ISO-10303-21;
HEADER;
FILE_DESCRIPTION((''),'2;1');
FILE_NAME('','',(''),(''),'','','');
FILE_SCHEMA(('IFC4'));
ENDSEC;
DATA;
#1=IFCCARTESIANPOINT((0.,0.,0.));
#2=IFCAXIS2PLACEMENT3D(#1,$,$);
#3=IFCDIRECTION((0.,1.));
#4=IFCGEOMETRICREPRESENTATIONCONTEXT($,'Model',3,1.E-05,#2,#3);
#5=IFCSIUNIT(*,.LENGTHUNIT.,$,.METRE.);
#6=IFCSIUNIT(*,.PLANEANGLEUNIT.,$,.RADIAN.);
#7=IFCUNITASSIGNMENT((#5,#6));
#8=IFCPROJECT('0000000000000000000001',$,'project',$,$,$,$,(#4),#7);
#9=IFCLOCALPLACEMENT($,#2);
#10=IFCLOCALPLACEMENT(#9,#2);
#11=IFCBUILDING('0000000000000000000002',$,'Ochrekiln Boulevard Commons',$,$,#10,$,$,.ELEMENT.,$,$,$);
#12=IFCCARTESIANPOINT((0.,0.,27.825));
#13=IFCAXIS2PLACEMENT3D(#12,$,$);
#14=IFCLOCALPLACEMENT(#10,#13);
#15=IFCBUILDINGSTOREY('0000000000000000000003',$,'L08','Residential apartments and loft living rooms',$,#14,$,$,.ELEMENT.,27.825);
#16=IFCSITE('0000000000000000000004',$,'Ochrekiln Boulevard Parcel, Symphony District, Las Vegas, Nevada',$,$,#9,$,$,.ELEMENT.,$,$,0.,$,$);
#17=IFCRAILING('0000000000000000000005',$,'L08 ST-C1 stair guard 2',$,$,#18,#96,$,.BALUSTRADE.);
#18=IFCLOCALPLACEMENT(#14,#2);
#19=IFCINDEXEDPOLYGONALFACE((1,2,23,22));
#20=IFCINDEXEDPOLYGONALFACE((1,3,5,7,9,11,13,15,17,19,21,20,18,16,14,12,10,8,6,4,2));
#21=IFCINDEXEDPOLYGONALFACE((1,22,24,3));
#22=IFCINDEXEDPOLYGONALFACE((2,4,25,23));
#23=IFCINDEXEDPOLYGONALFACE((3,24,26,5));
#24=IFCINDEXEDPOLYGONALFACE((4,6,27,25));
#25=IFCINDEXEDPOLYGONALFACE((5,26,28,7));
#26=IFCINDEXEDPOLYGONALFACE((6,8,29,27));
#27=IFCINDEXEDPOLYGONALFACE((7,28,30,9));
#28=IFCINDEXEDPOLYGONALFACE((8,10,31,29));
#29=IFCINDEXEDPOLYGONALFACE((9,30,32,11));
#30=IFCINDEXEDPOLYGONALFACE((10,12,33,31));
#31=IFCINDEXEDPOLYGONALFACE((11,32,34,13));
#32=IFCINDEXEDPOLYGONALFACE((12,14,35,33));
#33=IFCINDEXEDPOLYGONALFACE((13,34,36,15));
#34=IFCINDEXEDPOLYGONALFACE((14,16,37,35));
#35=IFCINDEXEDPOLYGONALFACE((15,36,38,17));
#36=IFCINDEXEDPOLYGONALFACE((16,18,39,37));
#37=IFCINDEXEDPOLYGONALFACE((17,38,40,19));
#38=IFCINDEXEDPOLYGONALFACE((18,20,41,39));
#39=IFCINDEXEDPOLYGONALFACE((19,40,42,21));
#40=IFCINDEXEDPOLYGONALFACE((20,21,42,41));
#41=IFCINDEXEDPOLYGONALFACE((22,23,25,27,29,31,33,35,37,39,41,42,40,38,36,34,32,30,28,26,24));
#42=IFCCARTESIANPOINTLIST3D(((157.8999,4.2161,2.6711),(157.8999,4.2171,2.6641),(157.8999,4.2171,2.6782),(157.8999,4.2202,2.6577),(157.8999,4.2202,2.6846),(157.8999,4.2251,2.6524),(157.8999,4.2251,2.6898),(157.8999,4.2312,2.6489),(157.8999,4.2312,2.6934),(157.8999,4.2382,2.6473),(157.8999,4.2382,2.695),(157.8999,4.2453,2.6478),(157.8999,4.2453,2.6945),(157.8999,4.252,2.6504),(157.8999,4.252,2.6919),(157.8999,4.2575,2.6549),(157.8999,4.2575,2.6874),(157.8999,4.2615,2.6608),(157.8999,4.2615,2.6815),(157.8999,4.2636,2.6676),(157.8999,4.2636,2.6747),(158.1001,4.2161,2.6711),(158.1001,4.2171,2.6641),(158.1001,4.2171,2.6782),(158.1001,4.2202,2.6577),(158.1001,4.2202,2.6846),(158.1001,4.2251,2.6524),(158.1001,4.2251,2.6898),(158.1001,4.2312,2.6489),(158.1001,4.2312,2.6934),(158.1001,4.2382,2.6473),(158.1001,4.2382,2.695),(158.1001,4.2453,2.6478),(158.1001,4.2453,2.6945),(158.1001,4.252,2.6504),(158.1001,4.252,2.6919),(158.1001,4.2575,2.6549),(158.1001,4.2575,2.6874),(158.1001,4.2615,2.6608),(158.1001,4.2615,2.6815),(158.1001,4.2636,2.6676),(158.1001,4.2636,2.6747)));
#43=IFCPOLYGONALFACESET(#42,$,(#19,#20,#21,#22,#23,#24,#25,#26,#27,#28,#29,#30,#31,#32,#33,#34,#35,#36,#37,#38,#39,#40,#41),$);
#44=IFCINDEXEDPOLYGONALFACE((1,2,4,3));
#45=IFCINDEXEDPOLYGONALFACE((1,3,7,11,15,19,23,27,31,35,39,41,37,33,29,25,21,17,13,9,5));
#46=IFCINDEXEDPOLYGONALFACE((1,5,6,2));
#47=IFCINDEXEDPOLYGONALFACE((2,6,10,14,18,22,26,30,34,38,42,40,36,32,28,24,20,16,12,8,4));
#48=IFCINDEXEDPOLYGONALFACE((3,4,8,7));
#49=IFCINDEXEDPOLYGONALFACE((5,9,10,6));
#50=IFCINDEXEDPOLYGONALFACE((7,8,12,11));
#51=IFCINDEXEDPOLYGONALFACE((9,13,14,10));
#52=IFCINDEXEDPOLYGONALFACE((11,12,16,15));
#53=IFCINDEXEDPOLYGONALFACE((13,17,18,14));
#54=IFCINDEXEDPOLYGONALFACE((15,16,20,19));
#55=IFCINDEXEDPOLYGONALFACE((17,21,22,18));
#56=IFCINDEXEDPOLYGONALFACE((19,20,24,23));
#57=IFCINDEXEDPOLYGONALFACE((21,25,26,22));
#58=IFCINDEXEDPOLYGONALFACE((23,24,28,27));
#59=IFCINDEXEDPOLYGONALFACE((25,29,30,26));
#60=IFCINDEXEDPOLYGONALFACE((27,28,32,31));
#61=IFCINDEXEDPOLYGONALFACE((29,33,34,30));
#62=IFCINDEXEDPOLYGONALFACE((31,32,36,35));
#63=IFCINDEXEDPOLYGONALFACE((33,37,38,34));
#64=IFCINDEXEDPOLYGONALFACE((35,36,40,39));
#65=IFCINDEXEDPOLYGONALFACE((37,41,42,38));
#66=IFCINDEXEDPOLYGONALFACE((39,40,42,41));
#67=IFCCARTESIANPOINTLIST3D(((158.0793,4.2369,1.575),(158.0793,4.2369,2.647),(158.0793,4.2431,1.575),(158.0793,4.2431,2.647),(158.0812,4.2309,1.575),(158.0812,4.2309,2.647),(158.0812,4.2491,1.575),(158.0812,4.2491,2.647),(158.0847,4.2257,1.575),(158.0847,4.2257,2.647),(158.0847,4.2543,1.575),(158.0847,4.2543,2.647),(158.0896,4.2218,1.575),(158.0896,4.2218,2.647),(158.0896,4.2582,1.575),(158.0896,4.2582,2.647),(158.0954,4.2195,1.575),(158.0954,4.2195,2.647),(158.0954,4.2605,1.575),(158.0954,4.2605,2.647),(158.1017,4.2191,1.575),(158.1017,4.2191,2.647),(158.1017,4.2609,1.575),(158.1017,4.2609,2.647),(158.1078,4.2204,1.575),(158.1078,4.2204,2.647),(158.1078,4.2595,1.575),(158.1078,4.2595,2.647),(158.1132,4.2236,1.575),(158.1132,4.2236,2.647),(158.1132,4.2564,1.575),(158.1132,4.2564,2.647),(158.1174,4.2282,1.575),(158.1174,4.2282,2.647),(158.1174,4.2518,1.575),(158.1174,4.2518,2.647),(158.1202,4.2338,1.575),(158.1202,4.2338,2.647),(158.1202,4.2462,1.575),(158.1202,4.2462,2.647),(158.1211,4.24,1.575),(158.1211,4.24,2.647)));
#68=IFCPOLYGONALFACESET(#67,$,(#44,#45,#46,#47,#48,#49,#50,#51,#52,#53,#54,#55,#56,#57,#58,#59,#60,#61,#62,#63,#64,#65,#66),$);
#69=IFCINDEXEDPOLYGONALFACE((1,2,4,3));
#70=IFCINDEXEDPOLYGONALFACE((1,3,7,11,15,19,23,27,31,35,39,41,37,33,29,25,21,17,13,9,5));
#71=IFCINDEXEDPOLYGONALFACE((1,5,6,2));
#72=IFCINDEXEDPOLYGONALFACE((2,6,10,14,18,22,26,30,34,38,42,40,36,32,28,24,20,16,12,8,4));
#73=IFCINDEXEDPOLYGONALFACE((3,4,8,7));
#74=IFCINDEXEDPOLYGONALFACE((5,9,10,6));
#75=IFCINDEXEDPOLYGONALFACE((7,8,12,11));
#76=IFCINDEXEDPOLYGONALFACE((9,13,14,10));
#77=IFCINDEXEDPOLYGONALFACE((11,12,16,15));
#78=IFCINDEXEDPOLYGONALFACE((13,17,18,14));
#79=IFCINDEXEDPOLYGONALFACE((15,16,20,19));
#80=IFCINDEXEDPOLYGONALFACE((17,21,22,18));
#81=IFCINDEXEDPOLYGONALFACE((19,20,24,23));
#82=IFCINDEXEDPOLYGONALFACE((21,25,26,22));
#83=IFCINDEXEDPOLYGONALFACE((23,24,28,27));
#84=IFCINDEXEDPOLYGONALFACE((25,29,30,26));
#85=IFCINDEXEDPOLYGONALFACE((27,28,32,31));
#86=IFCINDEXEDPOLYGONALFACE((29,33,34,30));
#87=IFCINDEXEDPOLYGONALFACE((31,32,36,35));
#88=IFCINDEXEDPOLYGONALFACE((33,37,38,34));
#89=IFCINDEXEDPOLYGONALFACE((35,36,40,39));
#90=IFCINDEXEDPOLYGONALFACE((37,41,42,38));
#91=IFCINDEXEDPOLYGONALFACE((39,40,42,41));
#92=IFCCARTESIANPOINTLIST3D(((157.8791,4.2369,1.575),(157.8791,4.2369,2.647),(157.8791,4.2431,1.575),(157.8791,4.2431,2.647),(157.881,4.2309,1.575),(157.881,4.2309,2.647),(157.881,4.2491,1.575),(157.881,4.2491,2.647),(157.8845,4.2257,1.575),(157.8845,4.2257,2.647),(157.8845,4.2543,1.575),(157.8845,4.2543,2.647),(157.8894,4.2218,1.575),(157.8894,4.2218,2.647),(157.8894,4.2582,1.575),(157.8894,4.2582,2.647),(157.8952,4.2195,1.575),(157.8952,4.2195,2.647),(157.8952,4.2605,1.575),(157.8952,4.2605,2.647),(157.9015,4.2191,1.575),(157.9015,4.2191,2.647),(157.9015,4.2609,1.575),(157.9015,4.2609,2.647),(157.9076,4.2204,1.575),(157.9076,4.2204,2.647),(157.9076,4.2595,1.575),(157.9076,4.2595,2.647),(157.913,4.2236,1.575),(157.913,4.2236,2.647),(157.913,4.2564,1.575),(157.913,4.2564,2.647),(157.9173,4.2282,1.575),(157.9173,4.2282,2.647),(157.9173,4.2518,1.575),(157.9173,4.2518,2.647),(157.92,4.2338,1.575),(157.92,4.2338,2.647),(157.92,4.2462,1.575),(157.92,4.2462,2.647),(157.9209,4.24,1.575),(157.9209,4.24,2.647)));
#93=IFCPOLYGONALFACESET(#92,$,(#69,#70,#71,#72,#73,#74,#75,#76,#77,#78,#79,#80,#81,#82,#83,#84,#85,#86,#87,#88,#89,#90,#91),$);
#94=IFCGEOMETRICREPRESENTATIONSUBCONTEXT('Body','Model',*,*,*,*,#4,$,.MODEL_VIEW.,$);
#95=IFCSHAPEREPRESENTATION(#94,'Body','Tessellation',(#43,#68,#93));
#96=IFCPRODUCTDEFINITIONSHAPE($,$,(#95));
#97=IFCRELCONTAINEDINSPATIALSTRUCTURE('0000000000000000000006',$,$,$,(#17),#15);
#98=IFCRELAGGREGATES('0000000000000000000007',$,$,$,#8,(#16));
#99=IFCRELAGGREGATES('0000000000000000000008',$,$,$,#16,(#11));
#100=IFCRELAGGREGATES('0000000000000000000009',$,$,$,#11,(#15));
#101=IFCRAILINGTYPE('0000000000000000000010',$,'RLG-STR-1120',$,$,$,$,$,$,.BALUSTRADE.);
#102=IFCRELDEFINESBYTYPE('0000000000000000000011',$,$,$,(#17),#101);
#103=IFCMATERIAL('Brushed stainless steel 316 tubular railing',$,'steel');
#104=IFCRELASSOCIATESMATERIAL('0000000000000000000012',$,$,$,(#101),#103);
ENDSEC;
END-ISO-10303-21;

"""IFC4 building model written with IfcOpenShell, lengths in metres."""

from ifc_helpers import new_model, si_unit, direction, frame, origin, origin_2d, place, context, subcontext, project, spatial, circle, extrude, material, type_object, element, save


model = new_model("IFC4")

# Units and contexts
model_context = context("Model", 3, precision=1e-05, world=origin(), true_north=direction((0.0, 1.0)))
body_context = subcontext(model_context, "Body", "Model", "MODEL_VIEW")
ifc_project = project(units=[si_unit("LENGTHUNIT", "METRE"), si_unit("PLANEANGLEUNIT", "RADIAN")], contexts=[model_context])

# Site, building, storey
site_placement = place(None, origin())
site = spatial("IfcSite", under=ifc_project, at=site_placement, Name="Ochrekiln Boulevard Parcel, Symphony District, Las Vegas, Nevada", CompositionType="ELEMENT", RefElevation=0.0)
building_placement = place(site_placement, origin())
building = spatial("IfcBuilding", under=site, at=building_placement, Name="Ochrekiln Boulevard Commons", CompositionType="ELEMENT")
storey_placement = place(building_placement, frame((0.0, 0.0, 27.825)))
storey = spatial("IfcBuildingStorey", under=building, at=storey_placement, Name="L08", Description="Residential apartments and loft living rooms", CompositionType="ELEMENT", Elevation=27.825)

# Railing
ifc_material_1 = material(Name="Brushed stainless steel 316 tubular railing", Category="steel")
railing_type_1 = type_object("IfcRailingType", Name="RLG-STR-1120", PredefinedType="BALUSTRADE", material=ifc_material_1)
railing_1_placement = place(storey_placement, frame((158.1001, 4.24, 1.575)))
element("IfcRailing", 1, at=railing_1_placement, inside=storey, type_object=railing_type_1, Name="L08 ST-C1 stair guard 2", PredefinedType="BALUSTRADE", context=body_context, shape_type="SweptSolid", body=[
    extrude(circle(Radius=0.0239, at=origin_2d()), frame((0.0, 0.0, 1.0962), z_axis=(-1.0, 0.0, 0.0), x_axis=(0.0, -1.0, 0.0)), (0.0, 0.0, 1.0), 0.2002),
    extrude(circle(Radius=0.021, at=origin_2d()), origin(), (0.0, 0.0, 1.0), 1.072),
    extrude(circle(Radius=0.021, at=origin_2d()), frame((-0.2002, 0.0, 0.0)), (0.0, 0.0, 1.0), 1.072),
])

save(model, "model.ifc")
